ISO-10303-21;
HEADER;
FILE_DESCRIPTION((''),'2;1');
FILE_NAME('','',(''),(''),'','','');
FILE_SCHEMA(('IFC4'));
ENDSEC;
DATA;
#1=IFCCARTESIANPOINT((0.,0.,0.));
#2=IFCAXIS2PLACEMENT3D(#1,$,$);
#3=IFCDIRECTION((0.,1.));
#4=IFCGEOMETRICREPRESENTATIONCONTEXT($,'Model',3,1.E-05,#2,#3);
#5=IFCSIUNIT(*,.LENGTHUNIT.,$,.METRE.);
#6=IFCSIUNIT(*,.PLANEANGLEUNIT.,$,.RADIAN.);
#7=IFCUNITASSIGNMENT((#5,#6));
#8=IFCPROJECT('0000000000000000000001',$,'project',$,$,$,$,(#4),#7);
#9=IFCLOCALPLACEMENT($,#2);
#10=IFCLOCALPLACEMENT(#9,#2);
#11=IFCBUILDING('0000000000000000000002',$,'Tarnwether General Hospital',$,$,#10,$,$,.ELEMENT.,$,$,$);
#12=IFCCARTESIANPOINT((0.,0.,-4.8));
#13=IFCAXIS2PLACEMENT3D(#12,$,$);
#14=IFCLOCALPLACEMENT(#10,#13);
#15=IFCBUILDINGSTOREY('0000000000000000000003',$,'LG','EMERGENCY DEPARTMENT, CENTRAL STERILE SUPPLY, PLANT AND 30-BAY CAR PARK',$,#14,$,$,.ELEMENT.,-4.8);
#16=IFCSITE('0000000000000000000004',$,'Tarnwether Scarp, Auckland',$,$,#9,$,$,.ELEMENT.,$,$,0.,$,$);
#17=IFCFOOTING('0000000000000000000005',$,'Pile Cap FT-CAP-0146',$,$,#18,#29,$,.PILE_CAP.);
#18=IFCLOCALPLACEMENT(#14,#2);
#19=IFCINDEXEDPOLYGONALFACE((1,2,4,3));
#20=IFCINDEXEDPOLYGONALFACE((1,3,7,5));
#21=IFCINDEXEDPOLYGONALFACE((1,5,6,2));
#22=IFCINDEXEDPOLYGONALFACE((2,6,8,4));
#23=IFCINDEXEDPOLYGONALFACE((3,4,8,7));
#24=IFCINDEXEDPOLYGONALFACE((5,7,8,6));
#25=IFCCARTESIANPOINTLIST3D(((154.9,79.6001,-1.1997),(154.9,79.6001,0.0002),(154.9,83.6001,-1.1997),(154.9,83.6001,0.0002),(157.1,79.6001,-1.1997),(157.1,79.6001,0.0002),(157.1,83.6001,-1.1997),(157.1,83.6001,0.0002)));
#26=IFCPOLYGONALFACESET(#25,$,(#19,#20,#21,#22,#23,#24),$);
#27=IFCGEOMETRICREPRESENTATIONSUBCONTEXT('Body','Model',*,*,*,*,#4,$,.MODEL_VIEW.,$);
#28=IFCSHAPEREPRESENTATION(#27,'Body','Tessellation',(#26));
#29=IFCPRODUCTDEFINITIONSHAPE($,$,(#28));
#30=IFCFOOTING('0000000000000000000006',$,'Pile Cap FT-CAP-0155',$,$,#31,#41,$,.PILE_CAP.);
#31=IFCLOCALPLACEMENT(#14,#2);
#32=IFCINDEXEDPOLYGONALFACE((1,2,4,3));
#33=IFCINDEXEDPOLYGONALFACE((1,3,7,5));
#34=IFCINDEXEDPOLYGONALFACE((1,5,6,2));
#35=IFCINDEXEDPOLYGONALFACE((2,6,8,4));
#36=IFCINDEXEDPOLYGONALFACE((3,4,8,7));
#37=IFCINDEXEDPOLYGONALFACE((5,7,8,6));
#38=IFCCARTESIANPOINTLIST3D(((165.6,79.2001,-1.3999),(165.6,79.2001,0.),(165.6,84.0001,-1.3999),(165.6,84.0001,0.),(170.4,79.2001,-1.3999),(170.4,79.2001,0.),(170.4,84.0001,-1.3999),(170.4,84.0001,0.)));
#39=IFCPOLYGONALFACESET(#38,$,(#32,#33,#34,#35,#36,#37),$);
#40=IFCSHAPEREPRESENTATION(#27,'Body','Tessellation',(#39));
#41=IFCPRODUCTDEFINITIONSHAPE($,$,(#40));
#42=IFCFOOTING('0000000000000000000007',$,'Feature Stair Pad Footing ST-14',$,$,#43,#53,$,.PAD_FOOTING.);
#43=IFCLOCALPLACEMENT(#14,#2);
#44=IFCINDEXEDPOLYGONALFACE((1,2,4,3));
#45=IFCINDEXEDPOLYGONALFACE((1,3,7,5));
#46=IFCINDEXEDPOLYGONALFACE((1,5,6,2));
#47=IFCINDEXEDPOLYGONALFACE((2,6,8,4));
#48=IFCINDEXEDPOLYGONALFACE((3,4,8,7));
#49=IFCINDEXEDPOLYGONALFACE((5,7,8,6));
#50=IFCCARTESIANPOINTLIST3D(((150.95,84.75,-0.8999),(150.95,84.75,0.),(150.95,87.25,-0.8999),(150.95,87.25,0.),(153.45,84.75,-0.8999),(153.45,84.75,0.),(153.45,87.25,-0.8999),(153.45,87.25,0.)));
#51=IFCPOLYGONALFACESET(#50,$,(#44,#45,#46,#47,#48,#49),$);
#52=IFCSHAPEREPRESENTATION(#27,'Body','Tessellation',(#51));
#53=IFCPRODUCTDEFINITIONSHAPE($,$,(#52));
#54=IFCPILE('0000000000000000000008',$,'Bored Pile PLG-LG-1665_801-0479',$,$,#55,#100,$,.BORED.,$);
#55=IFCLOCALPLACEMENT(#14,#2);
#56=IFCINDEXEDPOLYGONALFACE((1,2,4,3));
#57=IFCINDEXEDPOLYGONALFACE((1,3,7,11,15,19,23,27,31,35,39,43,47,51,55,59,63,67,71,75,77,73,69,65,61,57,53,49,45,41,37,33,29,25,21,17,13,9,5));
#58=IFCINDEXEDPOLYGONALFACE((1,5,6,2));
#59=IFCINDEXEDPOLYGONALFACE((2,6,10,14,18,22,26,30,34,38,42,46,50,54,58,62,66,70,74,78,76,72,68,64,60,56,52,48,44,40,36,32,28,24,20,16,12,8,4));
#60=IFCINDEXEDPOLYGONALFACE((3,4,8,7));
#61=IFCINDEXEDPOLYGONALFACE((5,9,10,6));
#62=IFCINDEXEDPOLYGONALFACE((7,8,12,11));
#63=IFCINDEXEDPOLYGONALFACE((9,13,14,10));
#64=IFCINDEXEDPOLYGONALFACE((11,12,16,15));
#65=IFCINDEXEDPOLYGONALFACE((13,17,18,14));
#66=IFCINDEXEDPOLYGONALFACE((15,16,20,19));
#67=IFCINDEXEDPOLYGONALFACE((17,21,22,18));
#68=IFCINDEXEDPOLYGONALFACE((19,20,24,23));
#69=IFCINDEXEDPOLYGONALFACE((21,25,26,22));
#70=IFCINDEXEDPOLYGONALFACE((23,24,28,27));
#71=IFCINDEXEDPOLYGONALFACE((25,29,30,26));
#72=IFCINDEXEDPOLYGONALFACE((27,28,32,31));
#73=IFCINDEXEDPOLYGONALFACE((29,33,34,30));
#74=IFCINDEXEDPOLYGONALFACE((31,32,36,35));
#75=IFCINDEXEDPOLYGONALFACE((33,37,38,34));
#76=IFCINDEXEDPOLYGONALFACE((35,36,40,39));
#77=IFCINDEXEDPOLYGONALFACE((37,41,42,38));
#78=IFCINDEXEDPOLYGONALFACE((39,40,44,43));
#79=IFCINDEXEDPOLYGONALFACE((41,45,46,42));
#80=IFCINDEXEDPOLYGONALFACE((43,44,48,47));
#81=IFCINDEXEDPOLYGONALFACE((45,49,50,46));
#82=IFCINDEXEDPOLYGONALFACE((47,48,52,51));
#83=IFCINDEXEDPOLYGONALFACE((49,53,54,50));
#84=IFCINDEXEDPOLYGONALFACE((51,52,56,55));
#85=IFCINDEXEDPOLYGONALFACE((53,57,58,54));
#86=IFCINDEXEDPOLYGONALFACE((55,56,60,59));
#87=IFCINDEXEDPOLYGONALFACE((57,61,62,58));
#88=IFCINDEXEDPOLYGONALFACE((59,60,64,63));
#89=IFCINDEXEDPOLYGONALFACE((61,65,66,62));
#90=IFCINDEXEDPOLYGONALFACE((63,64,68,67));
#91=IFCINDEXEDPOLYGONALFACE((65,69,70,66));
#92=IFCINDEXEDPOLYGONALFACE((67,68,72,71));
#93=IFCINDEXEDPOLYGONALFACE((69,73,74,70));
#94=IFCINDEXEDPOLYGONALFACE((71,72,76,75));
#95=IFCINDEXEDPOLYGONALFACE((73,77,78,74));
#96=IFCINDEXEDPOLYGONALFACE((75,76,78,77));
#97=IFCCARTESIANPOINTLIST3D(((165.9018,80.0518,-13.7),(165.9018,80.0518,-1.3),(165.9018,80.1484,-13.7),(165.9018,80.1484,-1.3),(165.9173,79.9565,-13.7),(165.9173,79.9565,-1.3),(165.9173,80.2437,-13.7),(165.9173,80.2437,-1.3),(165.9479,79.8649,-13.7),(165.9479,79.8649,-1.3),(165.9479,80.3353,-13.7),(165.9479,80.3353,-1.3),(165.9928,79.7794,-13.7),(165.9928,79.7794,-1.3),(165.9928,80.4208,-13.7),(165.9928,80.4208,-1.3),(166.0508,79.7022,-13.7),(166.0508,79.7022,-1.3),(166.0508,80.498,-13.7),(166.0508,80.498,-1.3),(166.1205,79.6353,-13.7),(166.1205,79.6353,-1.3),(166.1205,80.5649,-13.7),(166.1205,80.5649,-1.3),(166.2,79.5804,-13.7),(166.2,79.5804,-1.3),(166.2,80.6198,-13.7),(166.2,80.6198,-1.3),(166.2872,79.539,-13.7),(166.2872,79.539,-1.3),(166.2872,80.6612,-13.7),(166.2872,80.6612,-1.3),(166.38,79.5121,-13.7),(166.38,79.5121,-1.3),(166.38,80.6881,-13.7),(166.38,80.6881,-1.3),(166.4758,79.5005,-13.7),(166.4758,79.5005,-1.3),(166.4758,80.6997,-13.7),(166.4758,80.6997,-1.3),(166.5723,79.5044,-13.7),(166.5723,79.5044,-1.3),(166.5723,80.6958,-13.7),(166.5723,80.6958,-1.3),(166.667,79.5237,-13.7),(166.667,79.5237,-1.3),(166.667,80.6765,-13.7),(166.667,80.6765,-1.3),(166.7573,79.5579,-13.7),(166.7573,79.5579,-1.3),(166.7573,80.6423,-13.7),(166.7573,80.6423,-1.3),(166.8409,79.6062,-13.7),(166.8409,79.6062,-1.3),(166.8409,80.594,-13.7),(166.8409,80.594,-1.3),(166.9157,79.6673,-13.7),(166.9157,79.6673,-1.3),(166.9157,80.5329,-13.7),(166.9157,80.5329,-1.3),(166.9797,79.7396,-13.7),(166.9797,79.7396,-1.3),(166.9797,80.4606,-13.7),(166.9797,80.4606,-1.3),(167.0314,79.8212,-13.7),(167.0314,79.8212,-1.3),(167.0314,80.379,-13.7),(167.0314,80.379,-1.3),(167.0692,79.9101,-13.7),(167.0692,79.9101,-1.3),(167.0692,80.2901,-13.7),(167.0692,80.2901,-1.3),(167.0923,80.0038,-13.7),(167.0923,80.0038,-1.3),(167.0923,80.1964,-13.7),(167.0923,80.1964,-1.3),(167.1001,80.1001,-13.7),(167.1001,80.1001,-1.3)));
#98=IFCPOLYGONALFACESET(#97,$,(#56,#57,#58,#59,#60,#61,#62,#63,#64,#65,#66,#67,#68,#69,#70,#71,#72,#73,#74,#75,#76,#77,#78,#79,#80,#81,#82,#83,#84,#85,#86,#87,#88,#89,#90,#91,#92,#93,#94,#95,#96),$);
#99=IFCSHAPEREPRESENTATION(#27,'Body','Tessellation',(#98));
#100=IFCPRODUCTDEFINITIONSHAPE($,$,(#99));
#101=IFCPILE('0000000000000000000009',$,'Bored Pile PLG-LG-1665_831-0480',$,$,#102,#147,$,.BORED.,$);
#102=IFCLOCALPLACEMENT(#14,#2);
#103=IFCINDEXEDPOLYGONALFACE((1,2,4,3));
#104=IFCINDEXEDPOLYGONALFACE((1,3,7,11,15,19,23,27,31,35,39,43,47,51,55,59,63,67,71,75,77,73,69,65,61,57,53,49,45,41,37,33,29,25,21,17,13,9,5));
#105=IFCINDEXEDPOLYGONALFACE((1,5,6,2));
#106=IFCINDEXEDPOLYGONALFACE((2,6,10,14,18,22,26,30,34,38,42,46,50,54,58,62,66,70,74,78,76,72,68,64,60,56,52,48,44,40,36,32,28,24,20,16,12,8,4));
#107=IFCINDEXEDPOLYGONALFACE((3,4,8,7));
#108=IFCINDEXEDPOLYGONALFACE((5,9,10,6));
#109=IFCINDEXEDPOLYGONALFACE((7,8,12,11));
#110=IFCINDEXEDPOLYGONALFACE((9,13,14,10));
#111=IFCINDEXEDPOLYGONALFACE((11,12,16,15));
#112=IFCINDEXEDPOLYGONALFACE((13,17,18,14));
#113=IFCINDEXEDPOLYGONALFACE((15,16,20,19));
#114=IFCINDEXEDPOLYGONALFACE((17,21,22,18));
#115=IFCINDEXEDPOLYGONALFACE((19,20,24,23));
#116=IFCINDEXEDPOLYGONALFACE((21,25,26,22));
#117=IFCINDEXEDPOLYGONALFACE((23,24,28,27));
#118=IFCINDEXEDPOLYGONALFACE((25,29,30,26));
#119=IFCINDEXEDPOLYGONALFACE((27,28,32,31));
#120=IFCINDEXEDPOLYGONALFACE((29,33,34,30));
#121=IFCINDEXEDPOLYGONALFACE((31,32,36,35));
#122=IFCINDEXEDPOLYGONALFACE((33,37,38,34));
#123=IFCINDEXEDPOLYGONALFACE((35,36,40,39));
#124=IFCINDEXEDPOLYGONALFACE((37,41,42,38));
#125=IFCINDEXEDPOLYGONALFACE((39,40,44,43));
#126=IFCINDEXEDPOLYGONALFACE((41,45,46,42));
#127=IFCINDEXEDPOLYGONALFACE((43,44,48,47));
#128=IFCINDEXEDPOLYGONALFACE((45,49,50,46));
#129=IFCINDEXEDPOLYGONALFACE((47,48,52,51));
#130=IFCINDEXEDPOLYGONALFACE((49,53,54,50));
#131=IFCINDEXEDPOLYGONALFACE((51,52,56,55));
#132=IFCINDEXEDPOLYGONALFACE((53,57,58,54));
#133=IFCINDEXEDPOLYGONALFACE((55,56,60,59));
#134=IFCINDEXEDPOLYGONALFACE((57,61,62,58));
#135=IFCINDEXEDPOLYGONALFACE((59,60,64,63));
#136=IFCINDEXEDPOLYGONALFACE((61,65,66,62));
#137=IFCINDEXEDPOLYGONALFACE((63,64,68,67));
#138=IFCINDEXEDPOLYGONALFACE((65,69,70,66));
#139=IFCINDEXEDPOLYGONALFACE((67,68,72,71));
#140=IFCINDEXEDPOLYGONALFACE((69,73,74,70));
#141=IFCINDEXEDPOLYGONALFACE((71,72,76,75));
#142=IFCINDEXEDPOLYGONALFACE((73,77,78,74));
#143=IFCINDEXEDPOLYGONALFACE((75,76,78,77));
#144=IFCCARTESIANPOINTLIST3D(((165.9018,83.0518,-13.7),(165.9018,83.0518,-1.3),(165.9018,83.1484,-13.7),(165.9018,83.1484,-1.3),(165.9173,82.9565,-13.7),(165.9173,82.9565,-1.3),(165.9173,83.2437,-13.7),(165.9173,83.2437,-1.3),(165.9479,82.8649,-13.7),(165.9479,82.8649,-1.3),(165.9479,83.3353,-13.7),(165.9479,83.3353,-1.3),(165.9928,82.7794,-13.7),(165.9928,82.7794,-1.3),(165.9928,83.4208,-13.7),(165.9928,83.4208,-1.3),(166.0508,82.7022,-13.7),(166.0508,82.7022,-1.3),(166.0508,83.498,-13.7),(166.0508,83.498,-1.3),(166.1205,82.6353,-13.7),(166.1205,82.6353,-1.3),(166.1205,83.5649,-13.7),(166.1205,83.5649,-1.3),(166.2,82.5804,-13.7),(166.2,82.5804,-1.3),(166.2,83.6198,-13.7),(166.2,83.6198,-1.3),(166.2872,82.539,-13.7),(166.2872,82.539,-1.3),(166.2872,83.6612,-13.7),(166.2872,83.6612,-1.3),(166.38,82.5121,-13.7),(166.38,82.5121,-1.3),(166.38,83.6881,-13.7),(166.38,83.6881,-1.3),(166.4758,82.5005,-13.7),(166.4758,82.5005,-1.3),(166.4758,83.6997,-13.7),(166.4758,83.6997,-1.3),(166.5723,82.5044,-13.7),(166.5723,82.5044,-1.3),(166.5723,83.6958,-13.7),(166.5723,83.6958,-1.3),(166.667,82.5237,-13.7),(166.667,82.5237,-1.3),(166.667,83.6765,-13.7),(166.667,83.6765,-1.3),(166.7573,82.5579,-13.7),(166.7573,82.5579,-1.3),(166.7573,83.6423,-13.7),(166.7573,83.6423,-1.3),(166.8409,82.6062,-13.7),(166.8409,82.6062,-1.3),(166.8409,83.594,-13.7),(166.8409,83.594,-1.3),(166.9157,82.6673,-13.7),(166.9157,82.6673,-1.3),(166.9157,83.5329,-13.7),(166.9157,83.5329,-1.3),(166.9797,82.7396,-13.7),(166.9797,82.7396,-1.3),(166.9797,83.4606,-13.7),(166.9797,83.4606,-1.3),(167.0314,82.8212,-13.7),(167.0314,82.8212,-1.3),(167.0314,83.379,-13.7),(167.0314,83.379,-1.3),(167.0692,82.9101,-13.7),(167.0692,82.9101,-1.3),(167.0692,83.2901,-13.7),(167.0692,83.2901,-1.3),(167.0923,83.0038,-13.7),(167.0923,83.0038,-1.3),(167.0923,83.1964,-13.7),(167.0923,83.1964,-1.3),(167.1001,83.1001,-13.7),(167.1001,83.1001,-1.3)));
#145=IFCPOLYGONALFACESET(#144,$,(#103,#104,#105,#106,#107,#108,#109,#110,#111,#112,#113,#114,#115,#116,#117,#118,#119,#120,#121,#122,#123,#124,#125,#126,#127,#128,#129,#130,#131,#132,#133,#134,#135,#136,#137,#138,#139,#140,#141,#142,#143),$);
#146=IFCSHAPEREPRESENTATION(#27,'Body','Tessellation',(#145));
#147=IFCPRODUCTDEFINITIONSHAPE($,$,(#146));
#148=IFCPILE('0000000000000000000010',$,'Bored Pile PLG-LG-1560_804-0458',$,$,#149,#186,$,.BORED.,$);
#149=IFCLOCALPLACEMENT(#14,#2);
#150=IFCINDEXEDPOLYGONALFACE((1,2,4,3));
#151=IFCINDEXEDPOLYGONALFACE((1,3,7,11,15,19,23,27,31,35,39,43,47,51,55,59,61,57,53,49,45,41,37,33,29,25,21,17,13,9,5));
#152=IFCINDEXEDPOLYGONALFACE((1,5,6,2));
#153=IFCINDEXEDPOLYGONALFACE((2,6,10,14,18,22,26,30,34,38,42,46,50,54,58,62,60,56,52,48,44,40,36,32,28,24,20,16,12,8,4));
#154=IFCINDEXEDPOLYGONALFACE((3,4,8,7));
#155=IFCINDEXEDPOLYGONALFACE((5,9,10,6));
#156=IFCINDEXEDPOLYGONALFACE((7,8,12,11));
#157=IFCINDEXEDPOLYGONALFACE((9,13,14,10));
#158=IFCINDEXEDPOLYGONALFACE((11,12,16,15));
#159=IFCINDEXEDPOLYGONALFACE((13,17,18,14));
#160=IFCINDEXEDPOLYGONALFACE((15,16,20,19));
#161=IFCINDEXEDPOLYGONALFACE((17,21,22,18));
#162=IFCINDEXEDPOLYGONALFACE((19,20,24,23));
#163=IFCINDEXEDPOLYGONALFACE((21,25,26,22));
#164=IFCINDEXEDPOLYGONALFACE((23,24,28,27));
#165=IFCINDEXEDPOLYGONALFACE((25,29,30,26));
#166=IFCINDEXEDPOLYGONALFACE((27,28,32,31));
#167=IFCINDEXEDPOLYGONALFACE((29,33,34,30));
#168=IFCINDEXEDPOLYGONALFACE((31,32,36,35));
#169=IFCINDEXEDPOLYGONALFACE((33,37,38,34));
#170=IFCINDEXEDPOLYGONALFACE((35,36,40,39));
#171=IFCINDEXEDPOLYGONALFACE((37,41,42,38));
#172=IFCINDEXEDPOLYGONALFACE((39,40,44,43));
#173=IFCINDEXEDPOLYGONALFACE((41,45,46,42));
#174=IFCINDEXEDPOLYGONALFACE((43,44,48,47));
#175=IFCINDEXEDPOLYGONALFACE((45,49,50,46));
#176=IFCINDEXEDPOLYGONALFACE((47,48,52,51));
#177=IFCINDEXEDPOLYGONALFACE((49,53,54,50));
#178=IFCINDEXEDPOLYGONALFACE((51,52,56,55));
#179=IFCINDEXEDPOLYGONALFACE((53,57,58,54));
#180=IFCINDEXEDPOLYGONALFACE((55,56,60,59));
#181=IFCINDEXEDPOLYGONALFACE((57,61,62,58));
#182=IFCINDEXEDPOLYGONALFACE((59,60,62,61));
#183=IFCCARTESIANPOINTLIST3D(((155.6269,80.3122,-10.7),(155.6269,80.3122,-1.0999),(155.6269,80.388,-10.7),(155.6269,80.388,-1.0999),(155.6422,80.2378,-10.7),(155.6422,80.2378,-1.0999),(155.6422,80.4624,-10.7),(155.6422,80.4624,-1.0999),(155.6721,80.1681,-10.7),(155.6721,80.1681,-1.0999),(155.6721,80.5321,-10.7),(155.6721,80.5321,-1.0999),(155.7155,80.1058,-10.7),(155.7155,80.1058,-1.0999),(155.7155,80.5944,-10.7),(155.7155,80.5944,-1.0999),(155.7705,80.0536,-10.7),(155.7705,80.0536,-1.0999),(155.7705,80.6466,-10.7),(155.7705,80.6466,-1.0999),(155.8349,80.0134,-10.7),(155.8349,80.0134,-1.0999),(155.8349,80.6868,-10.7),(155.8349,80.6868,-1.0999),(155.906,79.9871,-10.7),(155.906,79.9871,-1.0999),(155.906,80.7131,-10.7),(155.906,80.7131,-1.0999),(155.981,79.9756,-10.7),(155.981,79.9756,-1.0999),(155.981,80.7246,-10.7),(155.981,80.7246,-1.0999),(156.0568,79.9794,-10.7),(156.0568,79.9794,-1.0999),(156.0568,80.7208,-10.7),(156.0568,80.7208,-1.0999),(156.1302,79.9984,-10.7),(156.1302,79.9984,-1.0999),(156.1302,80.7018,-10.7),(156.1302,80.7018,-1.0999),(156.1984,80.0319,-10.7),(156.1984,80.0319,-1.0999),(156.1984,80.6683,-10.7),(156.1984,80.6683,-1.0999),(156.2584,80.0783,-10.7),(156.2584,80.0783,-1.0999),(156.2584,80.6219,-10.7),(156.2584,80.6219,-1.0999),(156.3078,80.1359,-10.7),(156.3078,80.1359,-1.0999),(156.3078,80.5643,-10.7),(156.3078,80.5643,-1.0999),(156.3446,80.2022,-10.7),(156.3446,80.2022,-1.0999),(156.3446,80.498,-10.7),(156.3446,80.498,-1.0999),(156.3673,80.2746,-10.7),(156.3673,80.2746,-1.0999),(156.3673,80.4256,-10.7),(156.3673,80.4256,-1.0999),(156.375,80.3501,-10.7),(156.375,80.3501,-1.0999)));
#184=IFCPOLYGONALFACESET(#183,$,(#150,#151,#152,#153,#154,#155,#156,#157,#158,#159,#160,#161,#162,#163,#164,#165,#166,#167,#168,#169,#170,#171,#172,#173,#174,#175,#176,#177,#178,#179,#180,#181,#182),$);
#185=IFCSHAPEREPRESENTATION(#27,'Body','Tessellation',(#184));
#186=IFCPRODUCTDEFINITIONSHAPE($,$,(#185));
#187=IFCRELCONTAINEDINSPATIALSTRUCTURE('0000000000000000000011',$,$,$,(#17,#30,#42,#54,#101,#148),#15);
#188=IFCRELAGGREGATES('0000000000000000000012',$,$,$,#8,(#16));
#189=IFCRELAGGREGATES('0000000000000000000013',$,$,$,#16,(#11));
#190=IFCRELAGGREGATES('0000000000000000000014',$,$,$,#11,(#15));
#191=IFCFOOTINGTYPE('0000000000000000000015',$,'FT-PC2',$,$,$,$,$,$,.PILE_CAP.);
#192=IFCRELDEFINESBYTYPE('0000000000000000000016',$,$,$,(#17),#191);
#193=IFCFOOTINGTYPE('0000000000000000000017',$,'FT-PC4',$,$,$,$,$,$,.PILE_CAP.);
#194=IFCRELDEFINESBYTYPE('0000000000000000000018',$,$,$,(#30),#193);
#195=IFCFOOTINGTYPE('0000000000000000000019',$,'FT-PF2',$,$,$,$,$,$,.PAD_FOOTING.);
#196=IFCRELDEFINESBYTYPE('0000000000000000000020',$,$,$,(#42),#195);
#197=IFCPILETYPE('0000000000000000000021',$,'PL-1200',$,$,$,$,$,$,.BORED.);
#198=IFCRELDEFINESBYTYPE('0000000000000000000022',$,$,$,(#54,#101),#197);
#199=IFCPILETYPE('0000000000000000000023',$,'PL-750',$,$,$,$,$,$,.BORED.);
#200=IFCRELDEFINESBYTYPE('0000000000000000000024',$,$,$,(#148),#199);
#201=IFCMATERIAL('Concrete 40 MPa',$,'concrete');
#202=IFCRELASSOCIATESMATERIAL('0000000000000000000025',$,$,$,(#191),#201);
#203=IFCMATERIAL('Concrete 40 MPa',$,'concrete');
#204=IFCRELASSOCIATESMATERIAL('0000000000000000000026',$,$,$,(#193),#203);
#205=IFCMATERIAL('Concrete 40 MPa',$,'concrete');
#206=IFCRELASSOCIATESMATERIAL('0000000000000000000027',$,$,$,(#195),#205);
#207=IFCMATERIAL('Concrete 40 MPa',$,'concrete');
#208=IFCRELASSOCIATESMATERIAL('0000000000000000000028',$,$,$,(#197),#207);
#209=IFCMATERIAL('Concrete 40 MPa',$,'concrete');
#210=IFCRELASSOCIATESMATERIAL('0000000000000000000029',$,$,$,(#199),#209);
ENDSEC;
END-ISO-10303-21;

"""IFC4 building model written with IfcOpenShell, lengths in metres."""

from ifc_helpers import new_model, si_unit, direction, frame, origin, origin_2d, place, context, subcontext, project, spatial, rectangle, circle, extrude, material, material_profile, profile_set, type_object, element, save


model = new_model("IFC4")

# Units and contexts
model_context = context("Model", 3, precision=1e-05, world=origin(), true_north=direction((0.0, 1.0)))
body_context = subcontext(model_context, "Body", "Model", "MODEL_VIEW")
ifc_project = project(units=[si_unit("LENGTHUNIT", "METRE"), si_unit("PLANEANGLEUNIT", "RADIAN")], contexts=[model_context])

# Site, building, storey
site_placement = place(None, origin())
site = spatial("IfcSite", under=ifc_project, at=site_placement, Name="Tarnwether Scarp, Auckland", CompositionType="ELEMENT", RefElevation=0.0)
building_placement = place(site_placement, origin())
building = spatial("IfcBuilding", under=site, at=building_placement, Name="Tarnwether General Hospital", CompositionType="ELEMENT")
storey_placement = place(building_placement, frame((0.0, 0.0, -4.8)))
storey = spatial("IfcBuildingStorey", under=building, at=storey_placement, Name="LG", Description="EMERGENCY DEPARTMENT, CENTRAL STERILE SUPPLY, PLANT AND 30-BAY CAR PARK", CompositionType="ELEMENT", Elevation=-4.8)

# Footings
ifc_material_1 = material(Name="Concrete 40 MPa", Category="concrete")
footing_type_1 = type_object("IfcFootingType", Name="FT-PC2", PredefinedType="PILE_CAP", material=ifc_material_1)
footing_1_placement = place(storey_placement, frame((156.0, 81.6001, -1.1997), z_axis=(0.0, 0.0, 1.0), x_axis=(0.0, 1.0, 0.0)))
element("IfcFooting", 1, at=footing_1_placement, inside=storey, type_object=footing_type_1, Name="Pile Cap FT-CAP-0146", PredefinedType="PILE_CAP", context=body_context, shape_type="SweptSolid", body=[
    extrude(rectangle(XDim=4.0, YDim=2.2, at=origin_2d()), origin(), (0.0, 0.0, 1.0), 1.2),
])
ifc_material_2 = material(Name="Concrete 40 MPa", Category="concrete")
footing_type_2 = type_object("IfcFootingType", Name="FT-PC4", PredefinedType="PILE_CAP", material=ifc_material_2)
footing_2_placement = place(storey_placement, frame((168.0, 81.6001, -1.3999), z_axis=(0.0, 0.0, 1.0), x_axis=(1.0, 0.0, 0.0)))
element("IfcFooting", 2, at=footing_2_placement, inside=storey, type_object=footing_type_2, Name="Pile Cap FT-CAP-0155", PredefinedType="PILE_CAP", context=body_context, shape_type="SweptSolid", body=[
    extrude(rectangle(XDim=4.8, YDim=4.8, at=origin_2d()), origin(), (0.0, 0.0, 1.0), 1.3999),
])
ifc_material_3 = material(Name="Concrete 40 MPa", Category="concrete")
footing_type_3 = type_object("IfcFootingType", Name="FT-PF2", PredefinedType="PAD_FOOTING", material=ifc_material_3)
footing_3_placement = place(storey_placement, frame((152.2, 86.0, -0.8999), z_axis=(0.0, 0.0, 1.0), x_axis=(1.0, 0.0, 0.0)))
element("IfcFooting", 3, at=footing_3_placement, inside=storey, type_object=footing_type_3, Name="Feature Stair Pad Footing ST-14", PredefinedType="PAD_FOOTING", context=body_context, shape_type="SweptSolid", body=[
    extrude(rectangle(XDim=2.5, YDim=2.5, at=origin_2d()), origin(), (0.0, 0.0, 1.0), 0.8999),
])

# Piles
ifc_material_4 = material(Name="Concrete 40 MPa", Category="concrete")
ifc_material_profile_1 = material_profile(ifc_material_4, circle(Radius=0.6001, at=origin_2d()), Name="PILE-D1200")
ifc_profile_set_1 = profile_set([ifc_material_profile_1], Name="Concrete 40 MPa")
pile_type_1 = type_object("IfcPileType", Name="PL-1200", PredefinedType="BORED", material=ifc_profile_set_1)
for number, where, z_axis, x_axis, name in (
    (4, (166.5, 80.1001, -1.3), (0.0, 0.0, -1.0), (1.0, 0.0, 0.0), "Bored Pile PLG-LG-1665_801-0479"),
    (5, (166.5, 83.1001, -1.3), (0.0, 0.0, -1.0), (1.0, 0.0, 0.0), "Bored Pile PLG-LG-1665_831-0480"),
):
    element("IfcPile", number, at=place(storey_placement, frame(where, z_axis=z_axis, x_axis=x_axis)), inside=storey, type_object=pile_type_1, Name=name, PredefinedType="BORED", context=body_context, shape_type="SweptSolid", body=[
        extrude(circle(Radius=0.6001, at=origin_2d()), origin(), (0.0, 0.0, 1.0), 12.3999),
    ])
ifc_material_5 = material(Name="Concrete 40 MPa", Category="concrete")
ifc_material_profile_2 = material_profile(ifc_material_5, circle(Radius=0.375, at=origin_2d()), Name="PILE-D750")
ifc_profile_set_2 = profile_set([ifc_material_profile_2], Name="Concrete 40 MPa")
pile_type_2 = type_object("IfcPileType", Name="PL-750", PredefinedType="BORED", material=ifc_profile_set_2)
for number, where, z_axis, x_axis, name in (
    (6, (156.0, 80.3501, -1.0999), (0.0, 0.0, -1.0), (1.0, 0.0, 0.0), "Bored Pile PLG-LG-1560_804-0458"),
):
    element("IfcPile", number, at=place(storey_placement, frame(where, z_axis=z_axis, x_axis=x_axis)), inside=storey, type_object=pile_type_2, Name=name, PredefinedType="BORED", context=body_context, shape_type="SweptSolid", body=[
        extrude(circle(Radius=0.375, at=origin_2d()), origin(), (0.0, 0.0, 1.0), 9.6001),
    ])

save(model, "model.ifc")
